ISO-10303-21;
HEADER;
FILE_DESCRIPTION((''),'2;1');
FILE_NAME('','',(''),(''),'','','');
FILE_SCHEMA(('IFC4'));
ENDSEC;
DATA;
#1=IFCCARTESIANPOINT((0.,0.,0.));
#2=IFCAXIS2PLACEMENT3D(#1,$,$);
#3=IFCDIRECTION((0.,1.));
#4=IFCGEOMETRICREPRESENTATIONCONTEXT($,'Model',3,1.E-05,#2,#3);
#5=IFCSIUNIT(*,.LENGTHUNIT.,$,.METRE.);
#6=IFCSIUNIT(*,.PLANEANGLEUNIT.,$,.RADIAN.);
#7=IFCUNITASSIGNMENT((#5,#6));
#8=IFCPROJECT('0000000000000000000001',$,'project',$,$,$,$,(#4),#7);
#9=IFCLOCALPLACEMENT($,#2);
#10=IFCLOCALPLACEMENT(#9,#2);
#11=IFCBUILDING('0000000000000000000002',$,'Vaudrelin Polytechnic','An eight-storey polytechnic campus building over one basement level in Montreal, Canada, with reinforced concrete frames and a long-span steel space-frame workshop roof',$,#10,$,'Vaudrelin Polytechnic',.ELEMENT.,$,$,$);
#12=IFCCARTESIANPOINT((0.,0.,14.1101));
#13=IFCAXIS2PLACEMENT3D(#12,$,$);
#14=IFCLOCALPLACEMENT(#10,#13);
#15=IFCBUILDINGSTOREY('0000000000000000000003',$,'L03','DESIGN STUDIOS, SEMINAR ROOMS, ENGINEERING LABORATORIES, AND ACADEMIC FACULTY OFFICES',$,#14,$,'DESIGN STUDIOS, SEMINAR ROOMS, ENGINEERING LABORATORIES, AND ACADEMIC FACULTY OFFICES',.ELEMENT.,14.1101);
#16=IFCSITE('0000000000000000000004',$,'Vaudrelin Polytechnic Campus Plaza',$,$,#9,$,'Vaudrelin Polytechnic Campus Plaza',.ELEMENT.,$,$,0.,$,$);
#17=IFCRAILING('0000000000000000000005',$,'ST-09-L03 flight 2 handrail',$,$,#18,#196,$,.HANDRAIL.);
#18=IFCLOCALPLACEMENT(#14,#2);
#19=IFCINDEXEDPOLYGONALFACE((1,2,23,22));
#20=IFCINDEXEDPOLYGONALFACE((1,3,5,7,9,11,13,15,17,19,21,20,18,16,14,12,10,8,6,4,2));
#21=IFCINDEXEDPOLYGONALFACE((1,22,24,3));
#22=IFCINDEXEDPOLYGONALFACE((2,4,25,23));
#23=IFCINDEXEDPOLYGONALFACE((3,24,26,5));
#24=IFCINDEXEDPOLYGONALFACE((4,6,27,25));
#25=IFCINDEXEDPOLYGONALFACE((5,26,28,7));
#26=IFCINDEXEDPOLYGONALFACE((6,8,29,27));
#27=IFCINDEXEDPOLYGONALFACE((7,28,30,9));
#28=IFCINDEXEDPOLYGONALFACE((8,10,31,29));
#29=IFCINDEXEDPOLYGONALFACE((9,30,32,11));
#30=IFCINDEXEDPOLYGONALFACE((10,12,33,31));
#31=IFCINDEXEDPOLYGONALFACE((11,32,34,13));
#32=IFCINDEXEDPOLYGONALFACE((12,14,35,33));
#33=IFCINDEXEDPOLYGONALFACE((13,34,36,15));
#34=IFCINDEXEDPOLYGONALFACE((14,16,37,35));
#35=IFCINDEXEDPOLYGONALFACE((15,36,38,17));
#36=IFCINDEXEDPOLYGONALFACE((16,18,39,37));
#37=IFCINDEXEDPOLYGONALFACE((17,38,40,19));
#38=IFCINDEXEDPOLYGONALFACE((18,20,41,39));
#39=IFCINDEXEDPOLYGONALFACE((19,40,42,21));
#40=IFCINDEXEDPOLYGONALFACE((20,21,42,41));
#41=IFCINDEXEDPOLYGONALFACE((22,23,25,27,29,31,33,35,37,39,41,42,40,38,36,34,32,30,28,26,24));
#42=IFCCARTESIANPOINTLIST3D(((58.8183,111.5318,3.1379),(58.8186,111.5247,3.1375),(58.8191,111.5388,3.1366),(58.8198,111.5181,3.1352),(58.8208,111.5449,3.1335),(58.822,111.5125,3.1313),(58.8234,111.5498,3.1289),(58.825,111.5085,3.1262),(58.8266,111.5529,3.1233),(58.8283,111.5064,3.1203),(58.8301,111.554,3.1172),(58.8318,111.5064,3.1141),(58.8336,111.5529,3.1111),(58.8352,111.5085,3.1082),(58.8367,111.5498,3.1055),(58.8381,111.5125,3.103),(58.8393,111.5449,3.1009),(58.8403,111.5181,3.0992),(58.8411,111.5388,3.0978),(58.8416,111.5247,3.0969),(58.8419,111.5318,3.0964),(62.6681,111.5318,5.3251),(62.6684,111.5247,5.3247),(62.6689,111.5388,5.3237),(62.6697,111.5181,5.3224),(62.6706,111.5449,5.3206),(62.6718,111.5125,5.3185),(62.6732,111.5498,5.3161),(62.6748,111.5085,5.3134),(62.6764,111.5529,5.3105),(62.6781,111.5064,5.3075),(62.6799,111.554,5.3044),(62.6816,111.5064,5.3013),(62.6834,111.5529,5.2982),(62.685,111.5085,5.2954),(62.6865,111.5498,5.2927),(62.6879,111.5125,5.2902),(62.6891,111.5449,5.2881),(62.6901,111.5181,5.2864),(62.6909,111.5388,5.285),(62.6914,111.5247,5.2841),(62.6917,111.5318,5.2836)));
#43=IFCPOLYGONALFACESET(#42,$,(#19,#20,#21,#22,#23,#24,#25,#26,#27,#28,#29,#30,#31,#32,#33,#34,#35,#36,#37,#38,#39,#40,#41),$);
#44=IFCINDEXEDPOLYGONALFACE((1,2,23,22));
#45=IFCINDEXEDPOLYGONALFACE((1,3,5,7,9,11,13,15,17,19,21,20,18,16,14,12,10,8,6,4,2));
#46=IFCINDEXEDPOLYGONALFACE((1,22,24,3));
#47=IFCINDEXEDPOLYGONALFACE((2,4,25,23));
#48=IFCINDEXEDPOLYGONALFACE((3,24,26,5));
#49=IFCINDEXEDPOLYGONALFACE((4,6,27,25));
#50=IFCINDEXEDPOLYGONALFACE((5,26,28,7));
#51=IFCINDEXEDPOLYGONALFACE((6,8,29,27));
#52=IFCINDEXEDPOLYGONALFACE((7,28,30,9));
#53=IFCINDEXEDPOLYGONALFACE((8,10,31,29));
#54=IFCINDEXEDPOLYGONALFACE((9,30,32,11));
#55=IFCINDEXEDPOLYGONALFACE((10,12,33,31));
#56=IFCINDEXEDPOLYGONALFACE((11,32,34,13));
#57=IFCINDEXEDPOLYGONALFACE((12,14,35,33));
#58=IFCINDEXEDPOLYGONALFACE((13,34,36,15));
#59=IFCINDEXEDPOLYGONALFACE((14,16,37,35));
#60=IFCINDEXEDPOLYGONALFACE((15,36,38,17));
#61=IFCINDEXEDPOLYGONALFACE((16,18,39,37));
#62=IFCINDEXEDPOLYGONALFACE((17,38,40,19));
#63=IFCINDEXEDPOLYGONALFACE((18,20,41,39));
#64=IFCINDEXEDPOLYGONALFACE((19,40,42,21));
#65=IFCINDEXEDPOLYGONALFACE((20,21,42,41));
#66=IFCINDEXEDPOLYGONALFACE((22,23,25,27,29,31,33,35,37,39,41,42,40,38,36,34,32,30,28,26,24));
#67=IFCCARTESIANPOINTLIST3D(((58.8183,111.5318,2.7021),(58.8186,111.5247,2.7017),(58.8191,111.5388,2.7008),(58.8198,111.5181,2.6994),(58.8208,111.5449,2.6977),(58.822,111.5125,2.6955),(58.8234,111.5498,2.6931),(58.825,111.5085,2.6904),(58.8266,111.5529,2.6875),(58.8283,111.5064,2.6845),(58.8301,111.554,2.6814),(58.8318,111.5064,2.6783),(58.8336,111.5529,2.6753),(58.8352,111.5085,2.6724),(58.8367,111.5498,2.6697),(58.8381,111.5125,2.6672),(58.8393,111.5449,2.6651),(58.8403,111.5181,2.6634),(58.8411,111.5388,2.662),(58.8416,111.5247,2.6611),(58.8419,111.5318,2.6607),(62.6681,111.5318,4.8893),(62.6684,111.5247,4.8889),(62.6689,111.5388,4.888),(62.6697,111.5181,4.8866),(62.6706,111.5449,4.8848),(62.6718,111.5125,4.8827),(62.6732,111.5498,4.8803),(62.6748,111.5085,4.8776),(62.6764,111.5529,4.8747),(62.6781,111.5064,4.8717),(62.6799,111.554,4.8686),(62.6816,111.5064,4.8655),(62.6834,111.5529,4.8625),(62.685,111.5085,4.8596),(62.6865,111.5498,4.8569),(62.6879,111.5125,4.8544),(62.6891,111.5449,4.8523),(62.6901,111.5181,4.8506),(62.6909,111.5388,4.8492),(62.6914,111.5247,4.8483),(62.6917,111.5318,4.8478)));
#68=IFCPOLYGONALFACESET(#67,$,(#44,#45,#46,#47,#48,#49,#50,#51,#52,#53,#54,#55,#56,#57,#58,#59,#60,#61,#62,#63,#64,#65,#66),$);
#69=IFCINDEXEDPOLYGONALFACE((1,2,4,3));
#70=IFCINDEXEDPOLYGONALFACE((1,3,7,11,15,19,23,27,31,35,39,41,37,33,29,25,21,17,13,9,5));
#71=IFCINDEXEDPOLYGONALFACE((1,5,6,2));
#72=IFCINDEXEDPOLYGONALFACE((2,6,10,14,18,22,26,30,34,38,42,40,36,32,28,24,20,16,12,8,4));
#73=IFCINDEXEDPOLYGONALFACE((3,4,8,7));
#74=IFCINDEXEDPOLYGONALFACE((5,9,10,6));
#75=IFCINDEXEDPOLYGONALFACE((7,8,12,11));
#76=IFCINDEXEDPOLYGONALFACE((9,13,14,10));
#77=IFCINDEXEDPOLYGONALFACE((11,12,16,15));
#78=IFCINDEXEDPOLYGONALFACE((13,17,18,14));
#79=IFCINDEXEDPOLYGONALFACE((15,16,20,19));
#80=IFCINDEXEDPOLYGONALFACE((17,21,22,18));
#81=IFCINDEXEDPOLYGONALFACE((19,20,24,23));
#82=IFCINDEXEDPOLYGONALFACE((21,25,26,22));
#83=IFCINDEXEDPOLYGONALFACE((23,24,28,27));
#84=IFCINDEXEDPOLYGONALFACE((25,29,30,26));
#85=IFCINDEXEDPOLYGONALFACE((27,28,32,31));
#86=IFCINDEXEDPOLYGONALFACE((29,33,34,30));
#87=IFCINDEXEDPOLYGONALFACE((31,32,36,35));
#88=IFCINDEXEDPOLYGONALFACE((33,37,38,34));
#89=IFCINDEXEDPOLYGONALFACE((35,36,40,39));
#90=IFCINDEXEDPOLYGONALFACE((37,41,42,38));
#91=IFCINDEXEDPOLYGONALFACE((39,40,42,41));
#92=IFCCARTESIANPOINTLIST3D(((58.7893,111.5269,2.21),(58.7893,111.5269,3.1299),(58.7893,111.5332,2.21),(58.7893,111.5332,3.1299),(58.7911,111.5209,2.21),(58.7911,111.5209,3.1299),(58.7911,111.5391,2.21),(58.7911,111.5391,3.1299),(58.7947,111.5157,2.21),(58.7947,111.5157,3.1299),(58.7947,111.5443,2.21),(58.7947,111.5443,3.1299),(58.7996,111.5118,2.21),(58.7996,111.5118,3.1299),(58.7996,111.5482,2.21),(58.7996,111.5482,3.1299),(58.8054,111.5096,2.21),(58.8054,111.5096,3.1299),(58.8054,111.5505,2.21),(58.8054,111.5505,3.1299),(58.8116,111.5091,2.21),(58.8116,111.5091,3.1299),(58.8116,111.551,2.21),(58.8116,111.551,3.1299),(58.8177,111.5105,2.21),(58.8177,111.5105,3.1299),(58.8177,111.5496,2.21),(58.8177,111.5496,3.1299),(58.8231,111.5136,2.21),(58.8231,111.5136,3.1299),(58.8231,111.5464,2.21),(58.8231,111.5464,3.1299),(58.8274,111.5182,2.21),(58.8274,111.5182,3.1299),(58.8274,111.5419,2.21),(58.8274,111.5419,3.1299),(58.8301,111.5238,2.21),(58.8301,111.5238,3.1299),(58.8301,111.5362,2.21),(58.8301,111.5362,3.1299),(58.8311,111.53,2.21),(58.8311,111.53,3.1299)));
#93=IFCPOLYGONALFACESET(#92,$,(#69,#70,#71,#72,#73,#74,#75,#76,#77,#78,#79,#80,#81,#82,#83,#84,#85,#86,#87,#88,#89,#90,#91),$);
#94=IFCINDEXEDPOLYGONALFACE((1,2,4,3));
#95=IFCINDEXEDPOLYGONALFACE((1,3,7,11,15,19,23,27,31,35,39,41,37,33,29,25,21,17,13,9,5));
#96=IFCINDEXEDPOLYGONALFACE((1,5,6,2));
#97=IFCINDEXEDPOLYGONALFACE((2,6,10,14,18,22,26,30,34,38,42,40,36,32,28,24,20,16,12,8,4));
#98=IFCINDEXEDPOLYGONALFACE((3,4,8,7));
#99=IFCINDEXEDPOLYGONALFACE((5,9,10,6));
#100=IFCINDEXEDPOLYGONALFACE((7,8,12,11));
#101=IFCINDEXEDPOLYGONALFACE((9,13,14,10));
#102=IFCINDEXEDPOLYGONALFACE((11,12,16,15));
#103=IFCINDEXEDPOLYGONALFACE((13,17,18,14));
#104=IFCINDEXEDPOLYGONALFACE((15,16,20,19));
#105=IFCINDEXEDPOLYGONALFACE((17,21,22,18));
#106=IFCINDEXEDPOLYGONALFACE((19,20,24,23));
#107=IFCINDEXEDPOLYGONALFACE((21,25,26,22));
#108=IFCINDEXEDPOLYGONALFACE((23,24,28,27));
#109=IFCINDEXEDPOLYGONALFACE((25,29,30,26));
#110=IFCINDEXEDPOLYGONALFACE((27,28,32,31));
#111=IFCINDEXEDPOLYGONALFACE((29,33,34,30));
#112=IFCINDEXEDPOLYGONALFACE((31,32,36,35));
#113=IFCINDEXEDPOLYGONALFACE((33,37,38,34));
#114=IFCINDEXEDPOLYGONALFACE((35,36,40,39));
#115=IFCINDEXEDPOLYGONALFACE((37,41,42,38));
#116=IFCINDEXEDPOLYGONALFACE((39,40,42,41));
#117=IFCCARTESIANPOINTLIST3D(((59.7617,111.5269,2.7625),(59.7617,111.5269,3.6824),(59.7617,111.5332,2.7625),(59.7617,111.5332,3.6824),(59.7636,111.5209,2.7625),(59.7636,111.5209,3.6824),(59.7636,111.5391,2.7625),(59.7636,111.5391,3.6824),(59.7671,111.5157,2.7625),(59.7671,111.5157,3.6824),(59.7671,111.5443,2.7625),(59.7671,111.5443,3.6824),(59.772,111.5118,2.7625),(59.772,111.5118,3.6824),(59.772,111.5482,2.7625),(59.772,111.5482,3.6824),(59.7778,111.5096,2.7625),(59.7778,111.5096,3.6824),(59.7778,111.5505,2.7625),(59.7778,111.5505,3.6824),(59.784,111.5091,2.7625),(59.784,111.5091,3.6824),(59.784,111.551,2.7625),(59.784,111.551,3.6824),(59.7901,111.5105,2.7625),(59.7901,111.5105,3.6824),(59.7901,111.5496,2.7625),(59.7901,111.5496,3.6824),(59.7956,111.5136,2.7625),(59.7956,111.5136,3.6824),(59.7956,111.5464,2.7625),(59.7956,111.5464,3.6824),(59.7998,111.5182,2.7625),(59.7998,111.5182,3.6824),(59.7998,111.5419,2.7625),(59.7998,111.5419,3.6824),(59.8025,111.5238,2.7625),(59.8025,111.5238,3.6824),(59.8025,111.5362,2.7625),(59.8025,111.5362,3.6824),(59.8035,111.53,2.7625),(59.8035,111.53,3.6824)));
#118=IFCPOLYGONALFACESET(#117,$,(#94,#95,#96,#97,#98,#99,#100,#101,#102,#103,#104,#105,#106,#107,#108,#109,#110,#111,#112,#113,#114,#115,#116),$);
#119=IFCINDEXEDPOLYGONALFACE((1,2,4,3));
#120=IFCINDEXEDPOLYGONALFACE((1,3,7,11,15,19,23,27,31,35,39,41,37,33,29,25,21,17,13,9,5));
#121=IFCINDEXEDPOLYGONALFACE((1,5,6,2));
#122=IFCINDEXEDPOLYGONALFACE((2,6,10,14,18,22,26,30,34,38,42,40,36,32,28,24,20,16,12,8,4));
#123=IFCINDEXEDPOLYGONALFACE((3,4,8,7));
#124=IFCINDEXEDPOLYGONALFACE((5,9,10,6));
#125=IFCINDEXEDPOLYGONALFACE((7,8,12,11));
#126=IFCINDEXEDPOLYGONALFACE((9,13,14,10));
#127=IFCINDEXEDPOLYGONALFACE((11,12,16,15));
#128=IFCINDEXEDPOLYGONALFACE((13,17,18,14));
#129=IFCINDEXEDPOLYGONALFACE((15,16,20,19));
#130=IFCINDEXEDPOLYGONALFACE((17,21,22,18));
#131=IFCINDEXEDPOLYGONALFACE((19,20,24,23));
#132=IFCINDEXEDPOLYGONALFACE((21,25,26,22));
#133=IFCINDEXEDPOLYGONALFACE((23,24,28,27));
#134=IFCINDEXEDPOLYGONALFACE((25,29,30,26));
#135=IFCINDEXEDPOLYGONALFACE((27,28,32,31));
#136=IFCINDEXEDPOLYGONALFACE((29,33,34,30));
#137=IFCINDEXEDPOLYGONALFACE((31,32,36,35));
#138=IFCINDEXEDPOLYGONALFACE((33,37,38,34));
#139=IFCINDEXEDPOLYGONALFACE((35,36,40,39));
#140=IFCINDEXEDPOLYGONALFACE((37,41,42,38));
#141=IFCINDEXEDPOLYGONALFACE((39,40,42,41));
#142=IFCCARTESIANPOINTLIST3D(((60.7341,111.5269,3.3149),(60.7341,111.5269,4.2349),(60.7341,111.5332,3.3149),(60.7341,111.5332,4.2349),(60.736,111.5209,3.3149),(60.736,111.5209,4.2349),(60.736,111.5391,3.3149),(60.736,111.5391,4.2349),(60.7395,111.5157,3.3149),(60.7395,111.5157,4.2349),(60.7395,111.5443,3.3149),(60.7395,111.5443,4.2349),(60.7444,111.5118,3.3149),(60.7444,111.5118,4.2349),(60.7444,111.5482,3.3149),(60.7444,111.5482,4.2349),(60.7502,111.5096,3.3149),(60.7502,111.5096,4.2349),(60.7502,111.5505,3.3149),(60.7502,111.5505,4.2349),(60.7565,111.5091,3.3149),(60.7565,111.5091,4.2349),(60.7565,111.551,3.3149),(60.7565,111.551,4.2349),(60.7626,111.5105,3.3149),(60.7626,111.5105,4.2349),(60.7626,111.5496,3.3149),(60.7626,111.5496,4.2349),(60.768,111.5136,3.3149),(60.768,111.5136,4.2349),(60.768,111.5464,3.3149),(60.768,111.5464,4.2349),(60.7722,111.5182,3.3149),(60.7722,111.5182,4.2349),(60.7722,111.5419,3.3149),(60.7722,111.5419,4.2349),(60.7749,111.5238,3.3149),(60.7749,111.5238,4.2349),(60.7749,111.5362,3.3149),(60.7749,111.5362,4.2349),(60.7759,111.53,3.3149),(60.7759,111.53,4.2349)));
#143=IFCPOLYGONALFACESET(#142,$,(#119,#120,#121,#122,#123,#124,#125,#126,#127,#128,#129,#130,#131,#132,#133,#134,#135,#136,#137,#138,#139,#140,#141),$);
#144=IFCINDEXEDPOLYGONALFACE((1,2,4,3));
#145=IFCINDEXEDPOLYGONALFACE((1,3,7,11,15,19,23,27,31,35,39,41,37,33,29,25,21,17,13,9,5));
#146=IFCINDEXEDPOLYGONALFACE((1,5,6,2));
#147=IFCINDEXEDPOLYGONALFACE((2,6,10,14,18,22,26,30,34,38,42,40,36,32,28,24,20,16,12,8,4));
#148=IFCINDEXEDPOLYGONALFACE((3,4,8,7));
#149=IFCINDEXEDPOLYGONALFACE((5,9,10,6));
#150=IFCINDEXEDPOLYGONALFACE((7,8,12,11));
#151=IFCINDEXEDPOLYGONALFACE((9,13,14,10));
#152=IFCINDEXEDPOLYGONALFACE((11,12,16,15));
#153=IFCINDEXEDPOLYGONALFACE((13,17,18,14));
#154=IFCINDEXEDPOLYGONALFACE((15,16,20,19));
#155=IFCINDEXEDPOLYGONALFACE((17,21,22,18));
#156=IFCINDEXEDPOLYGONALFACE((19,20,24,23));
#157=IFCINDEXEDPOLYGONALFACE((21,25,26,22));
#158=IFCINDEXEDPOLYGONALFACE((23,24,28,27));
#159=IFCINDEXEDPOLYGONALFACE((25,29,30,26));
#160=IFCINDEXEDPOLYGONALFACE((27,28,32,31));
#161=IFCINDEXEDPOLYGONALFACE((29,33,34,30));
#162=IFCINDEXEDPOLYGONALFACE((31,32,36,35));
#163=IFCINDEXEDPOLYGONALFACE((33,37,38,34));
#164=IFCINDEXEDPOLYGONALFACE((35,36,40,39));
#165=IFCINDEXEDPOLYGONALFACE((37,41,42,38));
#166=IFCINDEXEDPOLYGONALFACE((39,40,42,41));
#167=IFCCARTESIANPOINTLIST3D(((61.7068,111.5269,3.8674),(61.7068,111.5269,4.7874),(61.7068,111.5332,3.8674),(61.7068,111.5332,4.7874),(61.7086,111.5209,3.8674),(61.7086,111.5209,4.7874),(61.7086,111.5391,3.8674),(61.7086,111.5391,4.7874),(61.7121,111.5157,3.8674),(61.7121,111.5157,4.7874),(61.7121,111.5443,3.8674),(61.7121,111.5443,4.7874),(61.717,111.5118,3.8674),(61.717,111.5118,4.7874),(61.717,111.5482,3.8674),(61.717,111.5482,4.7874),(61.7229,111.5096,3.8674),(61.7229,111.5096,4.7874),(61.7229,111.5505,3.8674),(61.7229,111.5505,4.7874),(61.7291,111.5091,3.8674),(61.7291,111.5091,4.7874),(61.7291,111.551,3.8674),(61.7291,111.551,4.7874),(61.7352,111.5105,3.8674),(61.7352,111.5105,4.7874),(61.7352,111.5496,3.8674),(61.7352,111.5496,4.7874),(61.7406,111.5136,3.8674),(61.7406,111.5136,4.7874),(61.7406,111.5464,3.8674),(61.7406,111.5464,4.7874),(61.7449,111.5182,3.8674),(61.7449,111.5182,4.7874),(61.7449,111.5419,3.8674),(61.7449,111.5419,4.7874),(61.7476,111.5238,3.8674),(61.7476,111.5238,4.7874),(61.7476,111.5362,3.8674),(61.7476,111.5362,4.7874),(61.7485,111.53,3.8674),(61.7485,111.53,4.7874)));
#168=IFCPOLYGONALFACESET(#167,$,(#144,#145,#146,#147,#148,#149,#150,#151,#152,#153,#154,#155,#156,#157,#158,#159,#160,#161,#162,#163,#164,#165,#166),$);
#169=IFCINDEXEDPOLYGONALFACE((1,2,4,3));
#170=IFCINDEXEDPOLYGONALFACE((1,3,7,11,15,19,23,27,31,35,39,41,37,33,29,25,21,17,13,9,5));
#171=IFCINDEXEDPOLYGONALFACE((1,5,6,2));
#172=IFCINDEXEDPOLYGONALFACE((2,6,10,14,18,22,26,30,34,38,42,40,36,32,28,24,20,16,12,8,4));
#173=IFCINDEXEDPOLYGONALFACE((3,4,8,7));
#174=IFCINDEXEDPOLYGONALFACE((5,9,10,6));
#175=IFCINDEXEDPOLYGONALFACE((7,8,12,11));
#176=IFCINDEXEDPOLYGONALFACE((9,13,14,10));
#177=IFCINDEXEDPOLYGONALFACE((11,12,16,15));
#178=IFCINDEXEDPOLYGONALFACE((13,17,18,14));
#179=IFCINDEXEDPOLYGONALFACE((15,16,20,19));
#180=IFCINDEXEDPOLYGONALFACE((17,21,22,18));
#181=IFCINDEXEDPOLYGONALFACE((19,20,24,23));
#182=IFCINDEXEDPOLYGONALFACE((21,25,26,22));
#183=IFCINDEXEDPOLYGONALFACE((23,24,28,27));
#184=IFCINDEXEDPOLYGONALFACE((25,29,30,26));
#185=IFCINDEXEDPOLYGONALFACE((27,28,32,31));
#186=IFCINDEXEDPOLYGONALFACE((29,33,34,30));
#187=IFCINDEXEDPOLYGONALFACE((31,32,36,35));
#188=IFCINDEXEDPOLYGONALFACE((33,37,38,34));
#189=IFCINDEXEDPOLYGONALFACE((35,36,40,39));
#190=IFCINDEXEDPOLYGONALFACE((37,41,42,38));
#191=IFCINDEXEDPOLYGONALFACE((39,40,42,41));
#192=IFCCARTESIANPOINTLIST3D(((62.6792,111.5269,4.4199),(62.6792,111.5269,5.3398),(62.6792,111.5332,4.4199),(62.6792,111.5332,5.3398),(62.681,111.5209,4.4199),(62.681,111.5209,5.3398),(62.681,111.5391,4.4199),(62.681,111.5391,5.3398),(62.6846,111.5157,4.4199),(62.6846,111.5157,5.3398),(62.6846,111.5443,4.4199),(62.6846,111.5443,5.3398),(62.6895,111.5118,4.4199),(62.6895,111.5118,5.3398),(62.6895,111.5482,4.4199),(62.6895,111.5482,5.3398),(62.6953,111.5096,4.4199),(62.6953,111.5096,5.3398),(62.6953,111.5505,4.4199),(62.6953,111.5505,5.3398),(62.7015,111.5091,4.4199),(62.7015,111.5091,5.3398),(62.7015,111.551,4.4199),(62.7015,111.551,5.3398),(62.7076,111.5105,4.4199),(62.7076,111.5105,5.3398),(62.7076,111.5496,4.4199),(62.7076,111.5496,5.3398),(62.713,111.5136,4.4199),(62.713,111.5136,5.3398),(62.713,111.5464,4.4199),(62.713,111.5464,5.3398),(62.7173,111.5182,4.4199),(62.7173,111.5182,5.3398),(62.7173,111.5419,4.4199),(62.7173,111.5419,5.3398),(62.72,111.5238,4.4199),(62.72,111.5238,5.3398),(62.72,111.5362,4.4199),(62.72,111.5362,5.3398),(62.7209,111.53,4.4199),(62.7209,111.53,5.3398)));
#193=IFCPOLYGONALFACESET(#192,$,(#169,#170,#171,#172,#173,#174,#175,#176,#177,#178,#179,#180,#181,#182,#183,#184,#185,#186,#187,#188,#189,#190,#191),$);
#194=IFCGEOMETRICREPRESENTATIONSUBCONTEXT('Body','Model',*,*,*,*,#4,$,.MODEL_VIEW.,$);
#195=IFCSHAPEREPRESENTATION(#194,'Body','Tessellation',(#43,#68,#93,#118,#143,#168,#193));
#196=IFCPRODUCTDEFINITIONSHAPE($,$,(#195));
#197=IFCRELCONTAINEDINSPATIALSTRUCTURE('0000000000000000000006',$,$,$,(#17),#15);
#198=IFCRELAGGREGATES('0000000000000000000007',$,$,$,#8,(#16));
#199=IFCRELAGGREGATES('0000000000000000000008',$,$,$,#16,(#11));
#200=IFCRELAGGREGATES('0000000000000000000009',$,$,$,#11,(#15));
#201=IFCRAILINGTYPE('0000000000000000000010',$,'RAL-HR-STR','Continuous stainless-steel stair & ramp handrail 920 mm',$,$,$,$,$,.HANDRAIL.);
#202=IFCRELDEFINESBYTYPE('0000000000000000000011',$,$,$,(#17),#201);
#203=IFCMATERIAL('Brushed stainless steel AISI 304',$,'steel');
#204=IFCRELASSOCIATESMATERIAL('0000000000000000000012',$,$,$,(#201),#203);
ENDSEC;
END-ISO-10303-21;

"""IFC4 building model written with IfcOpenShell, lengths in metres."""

from ifc_helpers import new_model, si_unit, direction, frame, origin, origin_2d, place, context, subcontext, project, spatial, circle, extrude, material, type_object, element, save


model = new_model("IFC4")

# Units and contexts
model_context = context("Model", 3, precision=1e-05, world=origin(), true_north=direction((0.0, 1.0)))
body_context = subcontext(model_context, "Body", "Model", "MODEL_VIEW")
ifc_project = project(units=[si_unit("LENGTHUNIT", "METRE"), si_unit("PLANEANGLEUNIT", "RADIAN")], contexts=[model_context])

# Site, building, storey
site_placement = place(None, origin())
site = spatial("IfcSite", under=ifc_project, at=site_placement, Name="Vaudrelin Polytechnic Campus Plaza", LongName="Vaudrelin Polytechnic Campus Plaza", CompositionType="ELEMENT", RefElevation=0.0)
building_placement = place(site_placement, origin())
building = spatial("IfcBuilding", under=site, at=building_placement, Name="Vaudrelin Polytechnic", Description="An eight-storey polytechnic campus building over one basement level in Montreal, Canada, with reinforced concrete frames and a long-span steel space-frame workshop roof", LongName="Vaudrelin Polytechnic", CompositionType="ELEMENT")
storey_placement = place(building_placement, frame((0.0, 0.0, 14.1101)))
storey = spatial("IfcBuildingStorey", under=building, at=storey_placement, Name="L03", Description="DESIGN STUDIOS, SEMINAR ROOMS, ENGINEERING LABORATORIES, AND ACADEMIC FACULTY OFFICES", LongName="DESIGN STUDIOS, SEMINAR ROOMS, ENGINEERING LABORATORIES, AND ACADEMIC FACULTY OFFICES", CompositionType="ELEMENT", Elevation=14.1101)

# Railing
ifc_material_1 = material(Name="Brushed stainless steel AISI 304", Category="steel")
railing_type_1 = type_object("IfcRailingType", Name="RAL-HR-STR", Description="Continuous stainless-steel stair & ramp handrail 920 mm", PredefinedType="HANDRAIL", material=ifc_material_1)
railing_1_placement = place(storey_placement, frame((58.8101, 111.53, 2.21)))
element("IfcRailing", 1, at=railing_1_placement, inside=storey, type_object=railing_type_1, Name="ST-09-L03 flight 2 handrail", PredefinedType="HANDRAIL", context=body_context, shape_type="SweptSolid", body=[
    extrude(circle(Radius=0.0239, at=origin_2d()), frame((0.02, 0.0, 0.9072), z_axis=(0.869476, 0.0, 0.493975), x_axis=(0.0, 1.0, 0.0)), (0.0, 0.0, 1.0), 4.4277),
    extrude(circle(Radius=0.0239, at=origin_2d()), frame((0.02, 0.0, 0.4714), z_axis=(0.869476, 0.0, 0.493975), x_axis=(0.0, 1.0, 0.0)), (0.0, 0.0, 1.0), 4.4277),
    extrude(circle(Radius=0.021, at=origin_2d()), origin(), (0.0, 0.0, 1.0), 0.9199),
    extrude(circle(Radius=0.021, at=origin_2d()), frame((0.9724, 0.0, 0.5525)), (0.0, 0.0, 1.0), 0.9199),
    extrude(circle(Radius=0.021, at=origin_2d()), frame((1.9448, 0.0, 1.105)), (0.0, 0.0, 1.0), 0.9199),
    extrude(circle(Radius=0.021, at=origin_2d()), frame((2.9175, 0.0, 1.6575)), (0.0, 0.0, 1.0), 0.9199),
    extrude(circle(Radius=0.021, at=origin_2d()), frame((3.8899, 0.0, 2.21)), (0.0, 0.0, 1.0), 0.9199),
])

save(model, "model.ifc")
